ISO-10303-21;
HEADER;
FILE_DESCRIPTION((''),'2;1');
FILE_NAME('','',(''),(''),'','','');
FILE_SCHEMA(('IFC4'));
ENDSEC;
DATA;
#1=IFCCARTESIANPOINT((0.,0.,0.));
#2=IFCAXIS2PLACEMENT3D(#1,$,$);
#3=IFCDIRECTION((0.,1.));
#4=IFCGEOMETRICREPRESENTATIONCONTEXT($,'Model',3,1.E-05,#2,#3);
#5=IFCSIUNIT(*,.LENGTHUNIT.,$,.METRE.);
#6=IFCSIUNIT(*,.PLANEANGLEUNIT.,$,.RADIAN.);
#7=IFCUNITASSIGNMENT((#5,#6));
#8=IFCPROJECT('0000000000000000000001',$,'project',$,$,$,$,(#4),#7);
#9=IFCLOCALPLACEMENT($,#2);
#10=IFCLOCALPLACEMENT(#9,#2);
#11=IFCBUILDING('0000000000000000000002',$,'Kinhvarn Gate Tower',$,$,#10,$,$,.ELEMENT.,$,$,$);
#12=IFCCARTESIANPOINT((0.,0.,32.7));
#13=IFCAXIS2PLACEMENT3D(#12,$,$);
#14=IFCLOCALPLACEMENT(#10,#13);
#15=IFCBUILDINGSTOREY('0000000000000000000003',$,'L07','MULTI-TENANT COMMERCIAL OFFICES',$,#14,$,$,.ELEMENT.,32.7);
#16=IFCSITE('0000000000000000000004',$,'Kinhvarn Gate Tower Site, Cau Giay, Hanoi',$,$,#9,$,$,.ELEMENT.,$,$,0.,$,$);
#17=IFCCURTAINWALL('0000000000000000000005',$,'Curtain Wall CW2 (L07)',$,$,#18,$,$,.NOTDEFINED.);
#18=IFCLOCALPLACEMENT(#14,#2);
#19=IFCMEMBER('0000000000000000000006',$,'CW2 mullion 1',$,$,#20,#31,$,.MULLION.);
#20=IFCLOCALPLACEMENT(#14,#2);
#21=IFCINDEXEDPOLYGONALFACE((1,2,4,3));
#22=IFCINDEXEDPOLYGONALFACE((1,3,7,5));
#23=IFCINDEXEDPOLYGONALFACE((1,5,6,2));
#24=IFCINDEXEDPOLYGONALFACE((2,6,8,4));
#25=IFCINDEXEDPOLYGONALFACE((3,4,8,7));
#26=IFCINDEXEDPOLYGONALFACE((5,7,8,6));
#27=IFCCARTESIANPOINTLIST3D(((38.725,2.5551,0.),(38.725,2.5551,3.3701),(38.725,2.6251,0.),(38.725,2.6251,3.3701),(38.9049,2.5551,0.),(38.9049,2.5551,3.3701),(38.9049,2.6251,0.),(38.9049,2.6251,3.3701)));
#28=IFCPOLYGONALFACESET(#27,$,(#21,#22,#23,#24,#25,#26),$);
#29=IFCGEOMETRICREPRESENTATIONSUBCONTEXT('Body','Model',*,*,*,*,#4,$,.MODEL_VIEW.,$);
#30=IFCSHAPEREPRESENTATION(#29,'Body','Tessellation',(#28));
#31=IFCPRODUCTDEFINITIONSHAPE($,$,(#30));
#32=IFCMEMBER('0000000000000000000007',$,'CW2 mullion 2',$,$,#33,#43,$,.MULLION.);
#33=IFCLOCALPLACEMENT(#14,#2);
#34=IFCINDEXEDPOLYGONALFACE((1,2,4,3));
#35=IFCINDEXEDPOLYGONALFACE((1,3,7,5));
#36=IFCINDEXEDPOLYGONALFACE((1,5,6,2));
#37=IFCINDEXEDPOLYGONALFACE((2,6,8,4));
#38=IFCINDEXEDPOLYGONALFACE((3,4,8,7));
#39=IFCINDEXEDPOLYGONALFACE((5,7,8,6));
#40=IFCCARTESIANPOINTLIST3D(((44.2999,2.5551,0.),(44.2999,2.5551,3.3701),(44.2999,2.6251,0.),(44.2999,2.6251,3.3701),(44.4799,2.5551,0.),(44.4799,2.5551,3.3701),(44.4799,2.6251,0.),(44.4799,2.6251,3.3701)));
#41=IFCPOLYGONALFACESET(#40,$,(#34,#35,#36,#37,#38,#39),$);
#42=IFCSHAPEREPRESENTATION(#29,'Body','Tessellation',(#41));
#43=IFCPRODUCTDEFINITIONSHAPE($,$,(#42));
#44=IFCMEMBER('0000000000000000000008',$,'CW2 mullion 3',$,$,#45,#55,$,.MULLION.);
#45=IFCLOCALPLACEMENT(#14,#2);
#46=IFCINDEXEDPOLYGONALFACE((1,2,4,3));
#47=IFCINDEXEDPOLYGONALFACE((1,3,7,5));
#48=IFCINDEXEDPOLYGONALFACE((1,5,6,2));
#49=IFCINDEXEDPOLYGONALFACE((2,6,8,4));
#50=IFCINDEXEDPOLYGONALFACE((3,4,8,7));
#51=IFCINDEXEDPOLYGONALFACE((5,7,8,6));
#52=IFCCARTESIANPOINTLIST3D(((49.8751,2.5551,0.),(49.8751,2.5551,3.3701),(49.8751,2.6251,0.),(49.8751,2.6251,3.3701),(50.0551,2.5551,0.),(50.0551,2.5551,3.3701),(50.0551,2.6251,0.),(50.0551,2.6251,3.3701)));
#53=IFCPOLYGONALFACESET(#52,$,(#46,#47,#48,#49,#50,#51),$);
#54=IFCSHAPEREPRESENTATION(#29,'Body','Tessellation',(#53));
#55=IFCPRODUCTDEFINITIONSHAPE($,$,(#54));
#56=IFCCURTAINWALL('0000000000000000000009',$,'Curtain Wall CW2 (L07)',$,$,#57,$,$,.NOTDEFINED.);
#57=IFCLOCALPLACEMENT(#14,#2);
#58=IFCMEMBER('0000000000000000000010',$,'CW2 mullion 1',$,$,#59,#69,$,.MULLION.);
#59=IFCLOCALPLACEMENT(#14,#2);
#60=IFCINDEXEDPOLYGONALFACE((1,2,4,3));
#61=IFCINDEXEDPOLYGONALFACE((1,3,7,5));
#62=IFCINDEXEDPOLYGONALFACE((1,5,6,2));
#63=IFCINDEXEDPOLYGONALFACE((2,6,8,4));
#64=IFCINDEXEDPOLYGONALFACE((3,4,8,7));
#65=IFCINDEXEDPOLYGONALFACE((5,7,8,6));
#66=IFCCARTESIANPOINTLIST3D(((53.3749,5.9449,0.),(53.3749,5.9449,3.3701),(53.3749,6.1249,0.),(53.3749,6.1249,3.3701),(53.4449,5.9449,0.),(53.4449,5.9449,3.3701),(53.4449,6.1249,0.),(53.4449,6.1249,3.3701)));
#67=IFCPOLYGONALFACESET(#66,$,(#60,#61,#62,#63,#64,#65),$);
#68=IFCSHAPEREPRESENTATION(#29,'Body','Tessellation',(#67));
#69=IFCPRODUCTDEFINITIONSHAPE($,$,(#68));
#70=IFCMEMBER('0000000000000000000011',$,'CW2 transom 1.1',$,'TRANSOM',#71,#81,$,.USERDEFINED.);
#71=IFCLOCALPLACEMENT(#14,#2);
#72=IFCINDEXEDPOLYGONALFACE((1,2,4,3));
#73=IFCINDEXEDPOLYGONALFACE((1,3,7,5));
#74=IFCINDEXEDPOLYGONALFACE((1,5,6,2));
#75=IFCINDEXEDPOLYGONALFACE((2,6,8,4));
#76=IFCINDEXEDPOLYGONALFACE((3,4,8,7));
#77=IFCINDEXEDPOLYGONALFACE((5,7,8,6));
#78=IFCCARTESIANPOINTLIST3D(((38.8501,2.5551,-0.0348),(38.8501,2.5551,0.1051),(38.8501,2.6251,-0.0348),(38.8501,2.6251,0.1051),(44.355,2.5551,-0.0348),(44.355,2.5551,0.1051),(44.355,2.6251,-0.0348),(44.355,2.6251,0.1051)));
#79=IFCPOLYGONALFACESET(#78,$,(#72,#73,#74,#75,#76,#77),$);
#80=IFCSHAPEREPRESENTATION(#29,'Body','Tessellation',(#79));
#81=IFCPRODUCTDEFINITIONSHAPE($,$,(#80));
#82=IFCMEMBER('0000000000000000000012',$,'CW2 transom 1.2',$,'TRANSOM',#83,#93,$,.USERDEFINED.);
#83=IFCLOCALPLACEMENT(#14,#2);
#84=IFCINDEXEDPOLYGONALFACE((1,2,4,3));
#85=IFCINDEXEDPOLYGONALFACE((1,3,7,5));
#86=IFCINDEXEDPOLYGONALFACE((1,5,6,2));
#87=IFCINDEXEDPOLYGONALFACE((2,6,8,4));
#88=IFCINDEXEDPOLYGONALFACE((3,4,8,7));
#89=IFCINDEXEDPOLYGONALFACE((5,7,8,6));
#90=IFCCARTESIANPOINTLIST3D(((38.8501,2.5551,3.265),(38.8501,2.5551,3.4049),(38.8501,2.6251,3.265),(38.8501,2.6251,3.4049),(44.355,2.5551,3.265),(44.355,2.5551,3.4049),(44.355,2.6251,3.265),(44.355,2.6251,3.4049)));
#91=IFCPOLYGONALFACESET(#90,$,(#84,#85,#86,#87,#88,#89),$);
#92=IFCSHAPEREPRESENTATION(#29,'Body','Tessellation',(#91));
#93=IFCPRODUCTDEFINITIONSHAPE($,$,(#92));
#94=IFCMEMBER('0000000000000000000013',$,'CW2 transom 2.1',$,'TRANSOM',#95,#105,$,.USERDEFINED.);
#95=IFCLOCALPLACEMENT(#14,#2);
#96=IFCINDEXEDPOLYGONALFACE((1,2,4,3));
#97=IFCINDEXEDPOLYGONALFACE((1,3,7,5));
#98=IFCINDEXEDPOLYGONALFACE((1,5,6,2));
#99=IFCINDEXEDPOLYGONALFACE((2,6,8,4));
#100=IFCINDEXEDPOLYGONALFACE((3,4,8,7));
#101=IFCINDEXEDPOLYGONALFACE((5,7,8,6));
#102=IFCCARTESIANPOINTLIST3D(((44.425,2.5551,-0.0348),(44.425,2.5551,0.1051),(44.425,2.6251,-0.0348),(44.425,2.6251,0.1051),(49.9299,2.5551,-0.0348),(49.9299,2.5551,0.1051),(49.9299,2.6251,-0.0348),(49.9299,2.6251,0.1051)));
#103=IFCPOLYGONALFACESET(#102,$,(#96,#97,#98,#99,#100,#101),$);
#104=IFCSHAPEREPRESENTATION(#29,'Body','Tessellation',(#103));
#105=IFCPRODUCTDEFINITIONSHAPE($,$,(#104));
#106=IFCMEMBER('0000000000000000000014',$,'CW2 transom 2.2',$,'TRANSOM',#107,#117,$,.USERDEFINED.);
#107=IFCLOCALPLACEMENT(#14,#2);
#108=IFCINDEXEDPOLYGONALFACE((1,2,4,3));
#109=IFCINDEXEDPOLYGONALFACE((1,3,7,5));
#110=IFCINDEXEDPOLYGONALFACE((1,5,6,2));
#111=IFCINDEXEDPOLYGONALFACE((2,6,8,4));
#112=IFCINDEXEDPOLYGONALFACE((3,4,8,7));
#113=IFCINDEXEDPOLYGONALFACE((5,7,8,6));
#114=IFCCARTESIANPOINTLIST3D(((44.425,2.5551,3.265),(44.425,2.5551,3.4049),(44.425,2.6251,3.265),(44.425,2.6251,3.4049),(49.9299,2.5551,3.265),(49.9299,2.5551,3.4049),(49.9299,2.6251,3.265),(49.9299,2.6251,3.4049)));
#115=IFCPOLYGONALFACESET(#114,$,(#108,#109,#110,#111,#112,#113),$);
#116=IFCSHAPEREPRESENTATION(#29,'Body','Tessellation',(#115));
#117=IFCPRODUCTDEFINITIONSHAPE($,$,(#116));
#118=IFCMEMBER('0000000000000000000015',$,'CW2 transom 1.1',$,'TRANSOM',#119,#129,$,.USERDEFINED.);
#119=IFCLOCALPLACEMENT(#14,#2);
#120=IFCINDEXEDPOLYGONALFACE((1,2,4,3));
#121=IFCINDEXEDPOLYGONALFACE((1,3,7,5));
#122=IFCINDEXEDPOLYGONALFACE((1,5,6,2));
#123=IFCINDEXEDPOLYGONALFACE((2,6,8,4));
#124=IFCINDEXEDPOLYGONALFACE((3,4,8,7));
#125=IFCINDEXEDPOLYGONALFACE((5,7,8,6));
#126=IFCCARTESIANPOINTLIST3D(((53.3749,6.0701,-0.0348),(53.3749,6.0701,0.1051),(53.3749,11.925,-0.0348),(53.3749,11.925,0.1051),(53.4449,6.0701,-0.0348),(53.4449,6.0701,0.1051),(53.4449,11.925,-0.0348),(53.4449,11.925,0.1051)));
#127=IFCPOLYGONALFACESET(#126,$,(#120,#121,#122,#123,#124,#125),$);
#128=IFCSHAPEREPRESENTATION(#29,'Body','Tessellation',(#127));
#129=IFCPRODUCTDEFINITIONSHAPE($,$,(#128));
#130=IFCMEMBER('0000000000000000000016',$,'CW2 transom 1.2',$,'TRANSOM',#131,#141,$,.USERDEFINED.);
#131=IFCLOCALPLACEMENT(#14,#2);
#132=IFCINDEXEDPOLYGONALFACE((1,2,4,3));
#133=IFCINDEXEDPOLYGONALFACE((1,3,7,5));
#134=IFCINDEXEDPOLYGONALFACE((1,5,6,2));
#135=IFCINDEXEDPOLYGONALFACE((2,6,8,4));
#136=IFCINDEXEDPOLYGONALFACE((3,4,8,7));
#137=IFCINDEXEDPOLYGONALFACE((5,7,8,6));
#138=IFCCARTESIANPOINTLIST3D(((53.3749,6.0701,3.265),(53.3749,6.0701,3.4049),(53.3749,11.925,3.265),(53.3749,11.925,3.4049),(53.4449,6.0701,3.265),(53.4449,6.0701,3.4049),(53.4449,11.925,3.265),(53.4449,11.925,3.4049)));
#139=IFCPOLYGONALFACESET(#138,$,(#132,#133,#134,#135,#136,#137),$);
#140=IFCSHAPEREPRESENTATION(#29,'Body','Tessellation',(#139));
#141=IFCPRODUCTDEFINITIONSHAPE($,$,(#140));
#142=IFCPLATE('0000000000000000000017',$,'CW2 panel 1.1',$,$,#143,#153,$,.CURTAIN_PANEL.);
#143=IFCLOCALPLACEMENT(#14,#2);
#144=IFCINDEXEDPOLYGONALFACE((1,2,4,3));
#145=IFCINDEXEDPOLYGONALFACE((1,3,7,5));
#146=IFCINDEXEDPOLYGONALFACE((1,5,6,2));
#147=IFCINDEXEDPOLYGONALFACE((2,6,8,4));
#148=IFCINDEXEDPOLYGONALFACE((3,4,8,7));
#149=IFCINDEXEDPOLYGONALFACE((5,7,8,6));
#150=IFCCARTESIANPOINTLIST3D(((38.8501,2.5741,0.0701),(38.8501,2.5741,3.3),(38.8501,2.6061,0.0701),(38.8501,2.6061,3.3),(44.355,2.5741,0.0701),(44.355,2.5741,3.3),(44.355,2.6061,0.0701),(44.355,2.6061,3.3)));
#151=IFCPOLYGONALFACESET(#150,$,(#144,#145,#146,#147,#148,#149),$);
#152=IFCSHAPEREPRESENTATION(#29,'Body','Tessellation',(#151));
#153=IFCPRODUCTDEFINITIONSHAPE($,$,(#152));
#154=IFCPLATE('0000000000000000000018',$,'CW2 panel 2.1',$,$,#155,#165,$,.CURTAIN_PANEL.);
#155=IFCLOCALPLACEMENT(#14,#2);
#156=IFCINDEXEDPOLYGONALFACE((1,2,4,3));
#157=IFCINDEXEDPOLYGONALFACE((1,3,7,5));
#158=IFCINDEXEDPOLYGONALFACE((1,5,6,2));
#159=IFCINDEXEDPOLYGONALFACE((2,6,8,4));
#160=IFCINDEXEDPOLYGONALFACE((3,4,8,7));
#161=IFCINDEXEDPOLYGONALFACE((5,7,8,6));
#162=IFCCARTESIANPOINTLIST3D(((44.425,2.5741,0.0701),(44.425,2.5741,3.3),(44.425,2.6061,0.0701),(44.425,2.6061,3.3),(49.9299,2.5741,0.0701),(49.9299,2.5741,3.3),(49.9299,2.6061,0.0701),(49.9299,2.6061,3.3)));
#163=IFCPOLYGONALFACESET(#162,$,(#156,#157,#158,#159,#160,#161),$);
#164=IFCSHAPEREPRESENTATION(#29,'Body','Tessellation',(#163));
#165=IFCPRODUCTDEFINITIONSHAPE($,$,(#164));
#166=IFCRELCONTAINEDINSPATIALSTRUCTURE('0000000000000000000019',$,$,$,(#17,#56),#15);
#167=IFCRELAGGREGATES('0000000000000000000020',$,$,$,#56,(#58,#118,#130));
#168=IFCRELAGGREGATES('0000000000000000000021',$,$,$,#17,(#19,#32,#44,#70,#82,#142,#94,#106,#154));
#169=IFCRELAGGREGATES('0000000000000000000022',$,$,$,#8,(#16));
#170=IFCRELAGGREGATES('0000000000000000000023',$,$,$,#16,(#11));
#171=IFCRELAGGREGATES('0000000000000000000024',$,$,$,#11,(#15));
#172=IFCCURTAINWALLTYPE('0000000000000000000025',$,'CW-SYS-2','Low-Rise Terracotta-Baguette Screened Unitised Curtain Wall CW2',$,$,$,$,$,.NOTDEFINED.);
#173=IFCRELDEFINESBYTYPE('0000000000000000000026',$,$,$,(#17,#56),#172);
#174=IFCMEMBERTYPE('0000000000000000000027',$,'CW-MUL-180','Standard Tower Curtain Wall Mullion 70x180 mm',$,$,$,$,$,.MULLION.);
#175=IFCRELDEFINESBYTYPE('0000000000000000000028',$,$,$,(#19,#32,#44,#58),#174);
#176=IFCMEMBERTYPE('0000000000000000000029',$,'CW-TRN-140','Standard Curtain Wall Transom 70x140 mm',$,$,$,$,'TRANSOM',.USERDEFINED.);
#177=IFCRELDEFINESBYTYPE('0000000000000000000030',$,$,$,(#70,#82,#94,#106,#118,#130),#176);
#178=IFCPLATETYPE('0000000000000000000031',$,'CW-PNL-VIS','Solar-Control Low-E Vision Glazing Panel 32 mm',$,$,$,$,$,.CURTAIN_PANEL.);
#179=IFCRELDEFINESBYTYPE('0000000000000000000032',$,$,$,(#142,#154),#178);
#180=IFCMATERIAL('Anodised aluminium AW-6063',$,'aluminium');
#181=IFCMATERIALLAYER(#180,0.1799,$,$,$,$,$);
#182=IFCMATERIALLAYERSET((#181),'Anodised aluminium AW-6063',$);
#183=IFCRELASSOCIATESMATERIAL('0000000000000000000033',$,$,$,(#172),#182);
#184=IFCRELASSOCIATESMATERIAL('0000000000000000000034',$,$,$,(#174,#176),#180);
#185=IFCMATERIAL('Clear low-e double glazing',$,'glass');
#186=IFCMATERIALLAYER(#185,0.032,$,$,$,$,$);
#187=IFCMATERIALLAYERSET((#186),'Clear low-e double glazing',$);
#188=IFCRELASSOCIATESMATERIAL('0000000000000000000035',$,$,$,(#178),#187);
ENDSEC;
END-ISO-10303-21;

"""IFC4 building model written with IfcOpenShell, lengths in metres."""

from ifc_helpers import new_model, si_unit, direction, frame, origin, origin_2d, place, context, subcontext, project, spatial, rectangle, extrude, material, layer, layer_set, material_profile, profile_set, type_object, element, aggregate, save


model = new_model("IFC4")

# Units and contexts
model_context = context("Model", 3, precision=1e-05, world=origin(), true_north=direction((0.0, 1.0)))
body_context = subcontext(model_context, "Body", "Model", "MODEL_VIEW")
ifc_project = project(units=[si_unit("LENGTHUNIT", "METRE"), si_unit("PLANEANGLEUNIT", "RADIAN")], contexts=[model_context])

# Site, building, storey
site_placement = place(None, origin())
site = spatial("IfcSite", under=ifc_project, at=site_placement, Name="Kinhvarn Gate Tower Site, Cau Giay, Hanoi", CompositionType="ELEMENT", RefElevation=0.0)
building_placement = place(site_placement, origin())
building = spatial("IfcBuilding", under=site, at=building_placement, Name="Kinhvarn Gate Tower", CompositionType="ELEMENT")
storey_placement = place(building_placement, frame((0.0, 0.0, 32.7)))
storey = spatial("IfcBuildingStorey", under=building, at=storey_placement, Name="L07", Description="MULTI-TENANT COMMERCIAL OFFICES", CompositionType="ELEMENT", Elevation=32.7)

# Curtain wall, members
ifc_material_1 = material(Name="Anodised aluminium AW-6063", Category="aluminium")
ifc_layer_1 = layer(ifc_material_1, 0.1799)
ifc_layer_set_1 = layer_set([ifc_layer_1], Name="Anodised aluminium AW-6063")
curtain_wall_type = type_object("IfcCurtainWallType", Name="CW-SYS-2", Description="Low-Rise Terracotta-Baguette Screened Unitised Curtain Wall CW2", PredefinedType="NOTDEFINED", material=ifc_layer_set_1)
curtain_wall_1_placement = place(storey_placement, origin())
curtain_wall_1 = element("IfcCurtainWall", 1, at=curtain_wall_1_placement, inside=storey, type_object=curtain_wall_type, Name="Curtain Wall CW2 (L07)", PredefinedType="NOTDEFINED")
ifc_material_profile_1 = material_profile(ifc_material_1, rectangle(XDim=0.0701, YDim=0.1799, at=origin_2d()), Name="ALU 70x180")
ifc_profile_set_1 = profile_set([ifc_material_profile_1], Name="Anodised aluminium AW-6063")
member_type_1 = type_object("IfcMemberType", Name="CW-MUL-180", Description="Standard Tower Curtain Wall Mullion 70x180 mm", PredefinedType="MULLION", material=ifc_profile_set_1)
member_1_placement = place(storey_placement, frame((38.8149, 2.5901, 0.0), z_axis=(0.0, 0.0, 1.0), x_axis=(0.0, 1.0, 0.0)))
member_1 = element("IfcMember", 2, at=member_1_placement, type_object=member_type_1, Name="CW2 mullion 1", PredefinedType="MULLION", context=body_context, shape_type="SweptSolid", body=[
    extrude(rectangle(XDim=0.0701, YDim=0.1799, at=origin_2d()), origin(), (0.0, 0.0, 1.0), 3.3701),
])
member_2_placement = place(storey_placement, frame((44.3899, 2.5901, 0.0), z_axis=(0.0, 0.0, 1.0), x_axis=(0.0, 1.0, 0.0)))
member_2 = element("IfcMember", 3, at=member_2_placement, type_object=member_type_1, Name="CW2 mullion 2", PredefinedType="MULLION", context=body_context, shape_type="SweptSolid", body=[
    extrude(rectangle(XDim=0.0701, YDim=0.1799, at=origin_2d()), origin(), (0.0, 0.0, 1.0), 3.3701),
])
member_3_placement = place(storey_placement, frame((49.9651, 2.5901, 0.0), z_axis=(0.0, 0.0, 1.0), x_axis=(0.0, 1.0, 0.0)))
member_3 = element("IfcMember", 4, at=member_3_placement, type_object=member_type_1, Name="CW2 mullion 3", PredefinedType="MULLION", context=body_context, shape_type="SweptSolid", body=[
    extrude(rectangle(XDim=0.0701, YDim=0.1799, at=origin_2d()), origin(), (0.0, 0.0, 1.0), 3.3701),
])

# Curtain wall, member
curtain_wall_2_placement = place(storey_placement, origin())
curtain_wall_2 = element("IfcCurtainWall", 5, at=curtain_wall_2_placement, inside=storey, type_object=curtain_wall_type, Name="Curtain Wall CW2 (L07)", PredefinedType="NOTDEFINED")
member_4_placement = place(storey_placement, frame((53.4099, 6.0349, 0.0), z_axis=(0.0, 0.0, 1.0), x_axis=(-1.0, 0.0, 0.0)))
member_4 = element("IfcMember", 6, at=member_4_placement, type_object=member_type_1, Name="CW2 mullion 1", PredefinedType="MULLION", context=body_context, shape_type="SweptSolid", body=[
    extrude(rectangle(XDim=0.0701, YDim=0.1799, at=origin_2d()), origin(), (0.0, 0.0, 1.0), 3.3701),
])

# Members
ifc_material_profile_2 = material_profile(ifc_material_1, rectangle(XDim=0.0701, YDim=0.1399, at=origin_2d()), Name="ALU 70x140")
ifc_profile_set_2 = profile_set([ifc_material_profile_2], Name="Anodised aluminium AW-6063")
member_type_2 = type_object("IfcMemberType", Name="CW-TRN-140", Description="Standard Curtain Wall Transom 70x140 mm", ElementType="TRANSOM", PredefinedType="USERDEFINED", material=ifc_profile_set_2)
member_5_placement = place(storey_placement, frame((38.8501, 2.5901, 0.0352), z_axis=(1.0, 0.0, 0.0), x_axis=(0.0, 1.0, 0.0)))
member_5 = element("IfcMember", 7, at=member_5_placement, type_object=member_type_2, Name="CW2 transom 1.1", ObjectType="TRANSOM", PredefinedType="USERDEFINED", context=body_context, shape_type="SweptSolid", body=[
    extrude(rectangle(XDim=0.0701, YDim=0.1399, at=origin_2d()), origin(), (0.0, 0.0, 1.0), 5.5049),
])
member_6_placement = place(storey_placement, frame((38.8501, 2.5901, 3.335), z_axis=(1.0, 0.0, 0.0), x_axis=(0.0, 1.0, 0.0)))
member_6 = element("IfcMember", 8, at=member_6_placement, type_object=member_type_2, Name="CW2 transom 1.2", ObjectType="TRANSOM", PredefinedType="USERDEFINED", context=body_context, shape_type="SweptSolid", body=[
    extrude(rectangle(XDim=0.0701, YDim=0.1399, at=origin_2d()), origin(), (0.0, 0.0, 1.0), 5.5049),
])
member_7_placement = place(storey_placement, frame((44.425, 2.5901, 0.0352), z_axis=(1.0, 0.0, 0.0), x_axis=(0.0, 1.0, 0.0)))
member_7 = element("IfcMember", 9, at=member_7_placement, type_object=member_type_2, Name="CW2 transom 2.1", ObjectType="TRANSOM", PredefinedType="USERDEFINED", context=body_context, shape_type="SweptSolid", body=[
    extrude(rectangle(XDim=0.0701, YDim=0.1399, at=origin_2d()), origin(), (0.0, 0.0, 1.0), 5.5049),
])
member_8_placement = place(storey_placement, frame((44.425, 2.5901, 3.335), z_axis=(1.0, 0.0, 0.0), x_axis=(0.0, 1.0, 0.0)))
member_8 = element("IfcMember", 10, at=member_8_placement, type_object=member_type_2, Name="CW2 transom 2.2", ObjectType="TRANSOM", PredefinedType="USERDEFINED", context=body_context, shape_type="SweptSolid", body=[
    extrude(rectangle(XDim=0.0701, YDim=0.1399, at=origin_2d()), origin(), (0.0, 0.0, 1.0), 5.5049),
])
member_9_placement = place(storey_placement, frame((53.4099, 6.0701, 0.0352), z_axis=(0.0, 1.0, 0.0), x_axis=(-1.0, 0.0, 0.0)))
member_9 = element("IfcMember", 11, at=member_9_placement, type_object=member_type_2, Name="CW2 transom 1.1", ObjectType="TRANSOM", PredefinedType="USERDEFINED", context=body_context, shape_type="SweptSolid", body=[
    extrude(rectangle(XDim=0.0701, YDim=0.1399, at=origin_2d()), origin(), (0.0, 0.0, 1.0), 5.855),
])
member_10_placement = place(storey_placement, frame((53.4099, 6.0701, 3.335), z_axis=(0.0, 1.0, 0.0), x_axis=(-1.0, 0.0, 0.0)))
member_10 = element("IfcMember", 12, at=member_10_placement, type_object=member_type_2, Name="CW2 transom 1.2", ObjectType="TRANSOM", PredefinedType="USERDEFINED", context=body_context, shape_type="SweptSolid", body=[
    extrude(rectangle(XDim=0.0701, YDim=0.1399, at=origin_2d()), origin(), (0.0, 0.0, 1.0), 5.855),
])
aggregate(curtain_wall_2, [member_4, member_9, member_10])

# Plates
ifc_material_2 = material(Name="Clear low-e double glazing", Category="glass")
ifc_layer_2 = layer(ifc_material_2, 0.032)
ifc_layer_set_2 = layer_set([ifc_layer_2], Name="Clear low-e double glazing")
plate_type = type_object("IfcPlateType", Name="CW-PNL-VIS", Description="Solar-Control Low-E Vision Glazing Panel 32 mm", PredefinedType="CURTAIN_PANEL", material=ifc_layer_set_2)
plate_1_placement = place(storey_placement, frame((41.6025, 2.5901, 0.0701), z_axis=(0.0, 0.0, 1.0), x_axis=(1.0, 0.0, 0.0)))
plate_1 = element("IfcPlate", 13, at=plate_1_placement, type_object=plate_type, Name="CW2 panel 1.1", PredefinedType="CURTAIN_PANEL", context=body_context, shape_type="SweptSolid", body=[
    extrude(rectangle(XDim=5.5049, YDim=0.032, at=origin_2d()), origin(), (0.0, 0.0, 1.0), 3.23),
])
plate_2_placement = place(storey_placement, frame((47.1775, 2.5901, 0.0701), z_axis=(0.0, 0.0, 1.0), x_axis=(1.0, 0.0, 0.0)))
plate_2 = element("IfcPlate", 14, at=plate_2_placement, type_object=plate_type, Name="CW2 panel 2.1", PredefinedType="CURTAIN_PANEL", context=body_context, shape_type="SweptSolid", body=[
    extrude(rectangle(XDim=5.5049, YDim=0.032, at=origin_2d()), origin(), (0.0, 0.0, 1.0), 3.23),
])
aggregate(curtain_wall_1, [member_1, member_2, member_3, member_5, member_6, plate_1, member_7, member_8, plate_2])

save(model, "model.ifc")
